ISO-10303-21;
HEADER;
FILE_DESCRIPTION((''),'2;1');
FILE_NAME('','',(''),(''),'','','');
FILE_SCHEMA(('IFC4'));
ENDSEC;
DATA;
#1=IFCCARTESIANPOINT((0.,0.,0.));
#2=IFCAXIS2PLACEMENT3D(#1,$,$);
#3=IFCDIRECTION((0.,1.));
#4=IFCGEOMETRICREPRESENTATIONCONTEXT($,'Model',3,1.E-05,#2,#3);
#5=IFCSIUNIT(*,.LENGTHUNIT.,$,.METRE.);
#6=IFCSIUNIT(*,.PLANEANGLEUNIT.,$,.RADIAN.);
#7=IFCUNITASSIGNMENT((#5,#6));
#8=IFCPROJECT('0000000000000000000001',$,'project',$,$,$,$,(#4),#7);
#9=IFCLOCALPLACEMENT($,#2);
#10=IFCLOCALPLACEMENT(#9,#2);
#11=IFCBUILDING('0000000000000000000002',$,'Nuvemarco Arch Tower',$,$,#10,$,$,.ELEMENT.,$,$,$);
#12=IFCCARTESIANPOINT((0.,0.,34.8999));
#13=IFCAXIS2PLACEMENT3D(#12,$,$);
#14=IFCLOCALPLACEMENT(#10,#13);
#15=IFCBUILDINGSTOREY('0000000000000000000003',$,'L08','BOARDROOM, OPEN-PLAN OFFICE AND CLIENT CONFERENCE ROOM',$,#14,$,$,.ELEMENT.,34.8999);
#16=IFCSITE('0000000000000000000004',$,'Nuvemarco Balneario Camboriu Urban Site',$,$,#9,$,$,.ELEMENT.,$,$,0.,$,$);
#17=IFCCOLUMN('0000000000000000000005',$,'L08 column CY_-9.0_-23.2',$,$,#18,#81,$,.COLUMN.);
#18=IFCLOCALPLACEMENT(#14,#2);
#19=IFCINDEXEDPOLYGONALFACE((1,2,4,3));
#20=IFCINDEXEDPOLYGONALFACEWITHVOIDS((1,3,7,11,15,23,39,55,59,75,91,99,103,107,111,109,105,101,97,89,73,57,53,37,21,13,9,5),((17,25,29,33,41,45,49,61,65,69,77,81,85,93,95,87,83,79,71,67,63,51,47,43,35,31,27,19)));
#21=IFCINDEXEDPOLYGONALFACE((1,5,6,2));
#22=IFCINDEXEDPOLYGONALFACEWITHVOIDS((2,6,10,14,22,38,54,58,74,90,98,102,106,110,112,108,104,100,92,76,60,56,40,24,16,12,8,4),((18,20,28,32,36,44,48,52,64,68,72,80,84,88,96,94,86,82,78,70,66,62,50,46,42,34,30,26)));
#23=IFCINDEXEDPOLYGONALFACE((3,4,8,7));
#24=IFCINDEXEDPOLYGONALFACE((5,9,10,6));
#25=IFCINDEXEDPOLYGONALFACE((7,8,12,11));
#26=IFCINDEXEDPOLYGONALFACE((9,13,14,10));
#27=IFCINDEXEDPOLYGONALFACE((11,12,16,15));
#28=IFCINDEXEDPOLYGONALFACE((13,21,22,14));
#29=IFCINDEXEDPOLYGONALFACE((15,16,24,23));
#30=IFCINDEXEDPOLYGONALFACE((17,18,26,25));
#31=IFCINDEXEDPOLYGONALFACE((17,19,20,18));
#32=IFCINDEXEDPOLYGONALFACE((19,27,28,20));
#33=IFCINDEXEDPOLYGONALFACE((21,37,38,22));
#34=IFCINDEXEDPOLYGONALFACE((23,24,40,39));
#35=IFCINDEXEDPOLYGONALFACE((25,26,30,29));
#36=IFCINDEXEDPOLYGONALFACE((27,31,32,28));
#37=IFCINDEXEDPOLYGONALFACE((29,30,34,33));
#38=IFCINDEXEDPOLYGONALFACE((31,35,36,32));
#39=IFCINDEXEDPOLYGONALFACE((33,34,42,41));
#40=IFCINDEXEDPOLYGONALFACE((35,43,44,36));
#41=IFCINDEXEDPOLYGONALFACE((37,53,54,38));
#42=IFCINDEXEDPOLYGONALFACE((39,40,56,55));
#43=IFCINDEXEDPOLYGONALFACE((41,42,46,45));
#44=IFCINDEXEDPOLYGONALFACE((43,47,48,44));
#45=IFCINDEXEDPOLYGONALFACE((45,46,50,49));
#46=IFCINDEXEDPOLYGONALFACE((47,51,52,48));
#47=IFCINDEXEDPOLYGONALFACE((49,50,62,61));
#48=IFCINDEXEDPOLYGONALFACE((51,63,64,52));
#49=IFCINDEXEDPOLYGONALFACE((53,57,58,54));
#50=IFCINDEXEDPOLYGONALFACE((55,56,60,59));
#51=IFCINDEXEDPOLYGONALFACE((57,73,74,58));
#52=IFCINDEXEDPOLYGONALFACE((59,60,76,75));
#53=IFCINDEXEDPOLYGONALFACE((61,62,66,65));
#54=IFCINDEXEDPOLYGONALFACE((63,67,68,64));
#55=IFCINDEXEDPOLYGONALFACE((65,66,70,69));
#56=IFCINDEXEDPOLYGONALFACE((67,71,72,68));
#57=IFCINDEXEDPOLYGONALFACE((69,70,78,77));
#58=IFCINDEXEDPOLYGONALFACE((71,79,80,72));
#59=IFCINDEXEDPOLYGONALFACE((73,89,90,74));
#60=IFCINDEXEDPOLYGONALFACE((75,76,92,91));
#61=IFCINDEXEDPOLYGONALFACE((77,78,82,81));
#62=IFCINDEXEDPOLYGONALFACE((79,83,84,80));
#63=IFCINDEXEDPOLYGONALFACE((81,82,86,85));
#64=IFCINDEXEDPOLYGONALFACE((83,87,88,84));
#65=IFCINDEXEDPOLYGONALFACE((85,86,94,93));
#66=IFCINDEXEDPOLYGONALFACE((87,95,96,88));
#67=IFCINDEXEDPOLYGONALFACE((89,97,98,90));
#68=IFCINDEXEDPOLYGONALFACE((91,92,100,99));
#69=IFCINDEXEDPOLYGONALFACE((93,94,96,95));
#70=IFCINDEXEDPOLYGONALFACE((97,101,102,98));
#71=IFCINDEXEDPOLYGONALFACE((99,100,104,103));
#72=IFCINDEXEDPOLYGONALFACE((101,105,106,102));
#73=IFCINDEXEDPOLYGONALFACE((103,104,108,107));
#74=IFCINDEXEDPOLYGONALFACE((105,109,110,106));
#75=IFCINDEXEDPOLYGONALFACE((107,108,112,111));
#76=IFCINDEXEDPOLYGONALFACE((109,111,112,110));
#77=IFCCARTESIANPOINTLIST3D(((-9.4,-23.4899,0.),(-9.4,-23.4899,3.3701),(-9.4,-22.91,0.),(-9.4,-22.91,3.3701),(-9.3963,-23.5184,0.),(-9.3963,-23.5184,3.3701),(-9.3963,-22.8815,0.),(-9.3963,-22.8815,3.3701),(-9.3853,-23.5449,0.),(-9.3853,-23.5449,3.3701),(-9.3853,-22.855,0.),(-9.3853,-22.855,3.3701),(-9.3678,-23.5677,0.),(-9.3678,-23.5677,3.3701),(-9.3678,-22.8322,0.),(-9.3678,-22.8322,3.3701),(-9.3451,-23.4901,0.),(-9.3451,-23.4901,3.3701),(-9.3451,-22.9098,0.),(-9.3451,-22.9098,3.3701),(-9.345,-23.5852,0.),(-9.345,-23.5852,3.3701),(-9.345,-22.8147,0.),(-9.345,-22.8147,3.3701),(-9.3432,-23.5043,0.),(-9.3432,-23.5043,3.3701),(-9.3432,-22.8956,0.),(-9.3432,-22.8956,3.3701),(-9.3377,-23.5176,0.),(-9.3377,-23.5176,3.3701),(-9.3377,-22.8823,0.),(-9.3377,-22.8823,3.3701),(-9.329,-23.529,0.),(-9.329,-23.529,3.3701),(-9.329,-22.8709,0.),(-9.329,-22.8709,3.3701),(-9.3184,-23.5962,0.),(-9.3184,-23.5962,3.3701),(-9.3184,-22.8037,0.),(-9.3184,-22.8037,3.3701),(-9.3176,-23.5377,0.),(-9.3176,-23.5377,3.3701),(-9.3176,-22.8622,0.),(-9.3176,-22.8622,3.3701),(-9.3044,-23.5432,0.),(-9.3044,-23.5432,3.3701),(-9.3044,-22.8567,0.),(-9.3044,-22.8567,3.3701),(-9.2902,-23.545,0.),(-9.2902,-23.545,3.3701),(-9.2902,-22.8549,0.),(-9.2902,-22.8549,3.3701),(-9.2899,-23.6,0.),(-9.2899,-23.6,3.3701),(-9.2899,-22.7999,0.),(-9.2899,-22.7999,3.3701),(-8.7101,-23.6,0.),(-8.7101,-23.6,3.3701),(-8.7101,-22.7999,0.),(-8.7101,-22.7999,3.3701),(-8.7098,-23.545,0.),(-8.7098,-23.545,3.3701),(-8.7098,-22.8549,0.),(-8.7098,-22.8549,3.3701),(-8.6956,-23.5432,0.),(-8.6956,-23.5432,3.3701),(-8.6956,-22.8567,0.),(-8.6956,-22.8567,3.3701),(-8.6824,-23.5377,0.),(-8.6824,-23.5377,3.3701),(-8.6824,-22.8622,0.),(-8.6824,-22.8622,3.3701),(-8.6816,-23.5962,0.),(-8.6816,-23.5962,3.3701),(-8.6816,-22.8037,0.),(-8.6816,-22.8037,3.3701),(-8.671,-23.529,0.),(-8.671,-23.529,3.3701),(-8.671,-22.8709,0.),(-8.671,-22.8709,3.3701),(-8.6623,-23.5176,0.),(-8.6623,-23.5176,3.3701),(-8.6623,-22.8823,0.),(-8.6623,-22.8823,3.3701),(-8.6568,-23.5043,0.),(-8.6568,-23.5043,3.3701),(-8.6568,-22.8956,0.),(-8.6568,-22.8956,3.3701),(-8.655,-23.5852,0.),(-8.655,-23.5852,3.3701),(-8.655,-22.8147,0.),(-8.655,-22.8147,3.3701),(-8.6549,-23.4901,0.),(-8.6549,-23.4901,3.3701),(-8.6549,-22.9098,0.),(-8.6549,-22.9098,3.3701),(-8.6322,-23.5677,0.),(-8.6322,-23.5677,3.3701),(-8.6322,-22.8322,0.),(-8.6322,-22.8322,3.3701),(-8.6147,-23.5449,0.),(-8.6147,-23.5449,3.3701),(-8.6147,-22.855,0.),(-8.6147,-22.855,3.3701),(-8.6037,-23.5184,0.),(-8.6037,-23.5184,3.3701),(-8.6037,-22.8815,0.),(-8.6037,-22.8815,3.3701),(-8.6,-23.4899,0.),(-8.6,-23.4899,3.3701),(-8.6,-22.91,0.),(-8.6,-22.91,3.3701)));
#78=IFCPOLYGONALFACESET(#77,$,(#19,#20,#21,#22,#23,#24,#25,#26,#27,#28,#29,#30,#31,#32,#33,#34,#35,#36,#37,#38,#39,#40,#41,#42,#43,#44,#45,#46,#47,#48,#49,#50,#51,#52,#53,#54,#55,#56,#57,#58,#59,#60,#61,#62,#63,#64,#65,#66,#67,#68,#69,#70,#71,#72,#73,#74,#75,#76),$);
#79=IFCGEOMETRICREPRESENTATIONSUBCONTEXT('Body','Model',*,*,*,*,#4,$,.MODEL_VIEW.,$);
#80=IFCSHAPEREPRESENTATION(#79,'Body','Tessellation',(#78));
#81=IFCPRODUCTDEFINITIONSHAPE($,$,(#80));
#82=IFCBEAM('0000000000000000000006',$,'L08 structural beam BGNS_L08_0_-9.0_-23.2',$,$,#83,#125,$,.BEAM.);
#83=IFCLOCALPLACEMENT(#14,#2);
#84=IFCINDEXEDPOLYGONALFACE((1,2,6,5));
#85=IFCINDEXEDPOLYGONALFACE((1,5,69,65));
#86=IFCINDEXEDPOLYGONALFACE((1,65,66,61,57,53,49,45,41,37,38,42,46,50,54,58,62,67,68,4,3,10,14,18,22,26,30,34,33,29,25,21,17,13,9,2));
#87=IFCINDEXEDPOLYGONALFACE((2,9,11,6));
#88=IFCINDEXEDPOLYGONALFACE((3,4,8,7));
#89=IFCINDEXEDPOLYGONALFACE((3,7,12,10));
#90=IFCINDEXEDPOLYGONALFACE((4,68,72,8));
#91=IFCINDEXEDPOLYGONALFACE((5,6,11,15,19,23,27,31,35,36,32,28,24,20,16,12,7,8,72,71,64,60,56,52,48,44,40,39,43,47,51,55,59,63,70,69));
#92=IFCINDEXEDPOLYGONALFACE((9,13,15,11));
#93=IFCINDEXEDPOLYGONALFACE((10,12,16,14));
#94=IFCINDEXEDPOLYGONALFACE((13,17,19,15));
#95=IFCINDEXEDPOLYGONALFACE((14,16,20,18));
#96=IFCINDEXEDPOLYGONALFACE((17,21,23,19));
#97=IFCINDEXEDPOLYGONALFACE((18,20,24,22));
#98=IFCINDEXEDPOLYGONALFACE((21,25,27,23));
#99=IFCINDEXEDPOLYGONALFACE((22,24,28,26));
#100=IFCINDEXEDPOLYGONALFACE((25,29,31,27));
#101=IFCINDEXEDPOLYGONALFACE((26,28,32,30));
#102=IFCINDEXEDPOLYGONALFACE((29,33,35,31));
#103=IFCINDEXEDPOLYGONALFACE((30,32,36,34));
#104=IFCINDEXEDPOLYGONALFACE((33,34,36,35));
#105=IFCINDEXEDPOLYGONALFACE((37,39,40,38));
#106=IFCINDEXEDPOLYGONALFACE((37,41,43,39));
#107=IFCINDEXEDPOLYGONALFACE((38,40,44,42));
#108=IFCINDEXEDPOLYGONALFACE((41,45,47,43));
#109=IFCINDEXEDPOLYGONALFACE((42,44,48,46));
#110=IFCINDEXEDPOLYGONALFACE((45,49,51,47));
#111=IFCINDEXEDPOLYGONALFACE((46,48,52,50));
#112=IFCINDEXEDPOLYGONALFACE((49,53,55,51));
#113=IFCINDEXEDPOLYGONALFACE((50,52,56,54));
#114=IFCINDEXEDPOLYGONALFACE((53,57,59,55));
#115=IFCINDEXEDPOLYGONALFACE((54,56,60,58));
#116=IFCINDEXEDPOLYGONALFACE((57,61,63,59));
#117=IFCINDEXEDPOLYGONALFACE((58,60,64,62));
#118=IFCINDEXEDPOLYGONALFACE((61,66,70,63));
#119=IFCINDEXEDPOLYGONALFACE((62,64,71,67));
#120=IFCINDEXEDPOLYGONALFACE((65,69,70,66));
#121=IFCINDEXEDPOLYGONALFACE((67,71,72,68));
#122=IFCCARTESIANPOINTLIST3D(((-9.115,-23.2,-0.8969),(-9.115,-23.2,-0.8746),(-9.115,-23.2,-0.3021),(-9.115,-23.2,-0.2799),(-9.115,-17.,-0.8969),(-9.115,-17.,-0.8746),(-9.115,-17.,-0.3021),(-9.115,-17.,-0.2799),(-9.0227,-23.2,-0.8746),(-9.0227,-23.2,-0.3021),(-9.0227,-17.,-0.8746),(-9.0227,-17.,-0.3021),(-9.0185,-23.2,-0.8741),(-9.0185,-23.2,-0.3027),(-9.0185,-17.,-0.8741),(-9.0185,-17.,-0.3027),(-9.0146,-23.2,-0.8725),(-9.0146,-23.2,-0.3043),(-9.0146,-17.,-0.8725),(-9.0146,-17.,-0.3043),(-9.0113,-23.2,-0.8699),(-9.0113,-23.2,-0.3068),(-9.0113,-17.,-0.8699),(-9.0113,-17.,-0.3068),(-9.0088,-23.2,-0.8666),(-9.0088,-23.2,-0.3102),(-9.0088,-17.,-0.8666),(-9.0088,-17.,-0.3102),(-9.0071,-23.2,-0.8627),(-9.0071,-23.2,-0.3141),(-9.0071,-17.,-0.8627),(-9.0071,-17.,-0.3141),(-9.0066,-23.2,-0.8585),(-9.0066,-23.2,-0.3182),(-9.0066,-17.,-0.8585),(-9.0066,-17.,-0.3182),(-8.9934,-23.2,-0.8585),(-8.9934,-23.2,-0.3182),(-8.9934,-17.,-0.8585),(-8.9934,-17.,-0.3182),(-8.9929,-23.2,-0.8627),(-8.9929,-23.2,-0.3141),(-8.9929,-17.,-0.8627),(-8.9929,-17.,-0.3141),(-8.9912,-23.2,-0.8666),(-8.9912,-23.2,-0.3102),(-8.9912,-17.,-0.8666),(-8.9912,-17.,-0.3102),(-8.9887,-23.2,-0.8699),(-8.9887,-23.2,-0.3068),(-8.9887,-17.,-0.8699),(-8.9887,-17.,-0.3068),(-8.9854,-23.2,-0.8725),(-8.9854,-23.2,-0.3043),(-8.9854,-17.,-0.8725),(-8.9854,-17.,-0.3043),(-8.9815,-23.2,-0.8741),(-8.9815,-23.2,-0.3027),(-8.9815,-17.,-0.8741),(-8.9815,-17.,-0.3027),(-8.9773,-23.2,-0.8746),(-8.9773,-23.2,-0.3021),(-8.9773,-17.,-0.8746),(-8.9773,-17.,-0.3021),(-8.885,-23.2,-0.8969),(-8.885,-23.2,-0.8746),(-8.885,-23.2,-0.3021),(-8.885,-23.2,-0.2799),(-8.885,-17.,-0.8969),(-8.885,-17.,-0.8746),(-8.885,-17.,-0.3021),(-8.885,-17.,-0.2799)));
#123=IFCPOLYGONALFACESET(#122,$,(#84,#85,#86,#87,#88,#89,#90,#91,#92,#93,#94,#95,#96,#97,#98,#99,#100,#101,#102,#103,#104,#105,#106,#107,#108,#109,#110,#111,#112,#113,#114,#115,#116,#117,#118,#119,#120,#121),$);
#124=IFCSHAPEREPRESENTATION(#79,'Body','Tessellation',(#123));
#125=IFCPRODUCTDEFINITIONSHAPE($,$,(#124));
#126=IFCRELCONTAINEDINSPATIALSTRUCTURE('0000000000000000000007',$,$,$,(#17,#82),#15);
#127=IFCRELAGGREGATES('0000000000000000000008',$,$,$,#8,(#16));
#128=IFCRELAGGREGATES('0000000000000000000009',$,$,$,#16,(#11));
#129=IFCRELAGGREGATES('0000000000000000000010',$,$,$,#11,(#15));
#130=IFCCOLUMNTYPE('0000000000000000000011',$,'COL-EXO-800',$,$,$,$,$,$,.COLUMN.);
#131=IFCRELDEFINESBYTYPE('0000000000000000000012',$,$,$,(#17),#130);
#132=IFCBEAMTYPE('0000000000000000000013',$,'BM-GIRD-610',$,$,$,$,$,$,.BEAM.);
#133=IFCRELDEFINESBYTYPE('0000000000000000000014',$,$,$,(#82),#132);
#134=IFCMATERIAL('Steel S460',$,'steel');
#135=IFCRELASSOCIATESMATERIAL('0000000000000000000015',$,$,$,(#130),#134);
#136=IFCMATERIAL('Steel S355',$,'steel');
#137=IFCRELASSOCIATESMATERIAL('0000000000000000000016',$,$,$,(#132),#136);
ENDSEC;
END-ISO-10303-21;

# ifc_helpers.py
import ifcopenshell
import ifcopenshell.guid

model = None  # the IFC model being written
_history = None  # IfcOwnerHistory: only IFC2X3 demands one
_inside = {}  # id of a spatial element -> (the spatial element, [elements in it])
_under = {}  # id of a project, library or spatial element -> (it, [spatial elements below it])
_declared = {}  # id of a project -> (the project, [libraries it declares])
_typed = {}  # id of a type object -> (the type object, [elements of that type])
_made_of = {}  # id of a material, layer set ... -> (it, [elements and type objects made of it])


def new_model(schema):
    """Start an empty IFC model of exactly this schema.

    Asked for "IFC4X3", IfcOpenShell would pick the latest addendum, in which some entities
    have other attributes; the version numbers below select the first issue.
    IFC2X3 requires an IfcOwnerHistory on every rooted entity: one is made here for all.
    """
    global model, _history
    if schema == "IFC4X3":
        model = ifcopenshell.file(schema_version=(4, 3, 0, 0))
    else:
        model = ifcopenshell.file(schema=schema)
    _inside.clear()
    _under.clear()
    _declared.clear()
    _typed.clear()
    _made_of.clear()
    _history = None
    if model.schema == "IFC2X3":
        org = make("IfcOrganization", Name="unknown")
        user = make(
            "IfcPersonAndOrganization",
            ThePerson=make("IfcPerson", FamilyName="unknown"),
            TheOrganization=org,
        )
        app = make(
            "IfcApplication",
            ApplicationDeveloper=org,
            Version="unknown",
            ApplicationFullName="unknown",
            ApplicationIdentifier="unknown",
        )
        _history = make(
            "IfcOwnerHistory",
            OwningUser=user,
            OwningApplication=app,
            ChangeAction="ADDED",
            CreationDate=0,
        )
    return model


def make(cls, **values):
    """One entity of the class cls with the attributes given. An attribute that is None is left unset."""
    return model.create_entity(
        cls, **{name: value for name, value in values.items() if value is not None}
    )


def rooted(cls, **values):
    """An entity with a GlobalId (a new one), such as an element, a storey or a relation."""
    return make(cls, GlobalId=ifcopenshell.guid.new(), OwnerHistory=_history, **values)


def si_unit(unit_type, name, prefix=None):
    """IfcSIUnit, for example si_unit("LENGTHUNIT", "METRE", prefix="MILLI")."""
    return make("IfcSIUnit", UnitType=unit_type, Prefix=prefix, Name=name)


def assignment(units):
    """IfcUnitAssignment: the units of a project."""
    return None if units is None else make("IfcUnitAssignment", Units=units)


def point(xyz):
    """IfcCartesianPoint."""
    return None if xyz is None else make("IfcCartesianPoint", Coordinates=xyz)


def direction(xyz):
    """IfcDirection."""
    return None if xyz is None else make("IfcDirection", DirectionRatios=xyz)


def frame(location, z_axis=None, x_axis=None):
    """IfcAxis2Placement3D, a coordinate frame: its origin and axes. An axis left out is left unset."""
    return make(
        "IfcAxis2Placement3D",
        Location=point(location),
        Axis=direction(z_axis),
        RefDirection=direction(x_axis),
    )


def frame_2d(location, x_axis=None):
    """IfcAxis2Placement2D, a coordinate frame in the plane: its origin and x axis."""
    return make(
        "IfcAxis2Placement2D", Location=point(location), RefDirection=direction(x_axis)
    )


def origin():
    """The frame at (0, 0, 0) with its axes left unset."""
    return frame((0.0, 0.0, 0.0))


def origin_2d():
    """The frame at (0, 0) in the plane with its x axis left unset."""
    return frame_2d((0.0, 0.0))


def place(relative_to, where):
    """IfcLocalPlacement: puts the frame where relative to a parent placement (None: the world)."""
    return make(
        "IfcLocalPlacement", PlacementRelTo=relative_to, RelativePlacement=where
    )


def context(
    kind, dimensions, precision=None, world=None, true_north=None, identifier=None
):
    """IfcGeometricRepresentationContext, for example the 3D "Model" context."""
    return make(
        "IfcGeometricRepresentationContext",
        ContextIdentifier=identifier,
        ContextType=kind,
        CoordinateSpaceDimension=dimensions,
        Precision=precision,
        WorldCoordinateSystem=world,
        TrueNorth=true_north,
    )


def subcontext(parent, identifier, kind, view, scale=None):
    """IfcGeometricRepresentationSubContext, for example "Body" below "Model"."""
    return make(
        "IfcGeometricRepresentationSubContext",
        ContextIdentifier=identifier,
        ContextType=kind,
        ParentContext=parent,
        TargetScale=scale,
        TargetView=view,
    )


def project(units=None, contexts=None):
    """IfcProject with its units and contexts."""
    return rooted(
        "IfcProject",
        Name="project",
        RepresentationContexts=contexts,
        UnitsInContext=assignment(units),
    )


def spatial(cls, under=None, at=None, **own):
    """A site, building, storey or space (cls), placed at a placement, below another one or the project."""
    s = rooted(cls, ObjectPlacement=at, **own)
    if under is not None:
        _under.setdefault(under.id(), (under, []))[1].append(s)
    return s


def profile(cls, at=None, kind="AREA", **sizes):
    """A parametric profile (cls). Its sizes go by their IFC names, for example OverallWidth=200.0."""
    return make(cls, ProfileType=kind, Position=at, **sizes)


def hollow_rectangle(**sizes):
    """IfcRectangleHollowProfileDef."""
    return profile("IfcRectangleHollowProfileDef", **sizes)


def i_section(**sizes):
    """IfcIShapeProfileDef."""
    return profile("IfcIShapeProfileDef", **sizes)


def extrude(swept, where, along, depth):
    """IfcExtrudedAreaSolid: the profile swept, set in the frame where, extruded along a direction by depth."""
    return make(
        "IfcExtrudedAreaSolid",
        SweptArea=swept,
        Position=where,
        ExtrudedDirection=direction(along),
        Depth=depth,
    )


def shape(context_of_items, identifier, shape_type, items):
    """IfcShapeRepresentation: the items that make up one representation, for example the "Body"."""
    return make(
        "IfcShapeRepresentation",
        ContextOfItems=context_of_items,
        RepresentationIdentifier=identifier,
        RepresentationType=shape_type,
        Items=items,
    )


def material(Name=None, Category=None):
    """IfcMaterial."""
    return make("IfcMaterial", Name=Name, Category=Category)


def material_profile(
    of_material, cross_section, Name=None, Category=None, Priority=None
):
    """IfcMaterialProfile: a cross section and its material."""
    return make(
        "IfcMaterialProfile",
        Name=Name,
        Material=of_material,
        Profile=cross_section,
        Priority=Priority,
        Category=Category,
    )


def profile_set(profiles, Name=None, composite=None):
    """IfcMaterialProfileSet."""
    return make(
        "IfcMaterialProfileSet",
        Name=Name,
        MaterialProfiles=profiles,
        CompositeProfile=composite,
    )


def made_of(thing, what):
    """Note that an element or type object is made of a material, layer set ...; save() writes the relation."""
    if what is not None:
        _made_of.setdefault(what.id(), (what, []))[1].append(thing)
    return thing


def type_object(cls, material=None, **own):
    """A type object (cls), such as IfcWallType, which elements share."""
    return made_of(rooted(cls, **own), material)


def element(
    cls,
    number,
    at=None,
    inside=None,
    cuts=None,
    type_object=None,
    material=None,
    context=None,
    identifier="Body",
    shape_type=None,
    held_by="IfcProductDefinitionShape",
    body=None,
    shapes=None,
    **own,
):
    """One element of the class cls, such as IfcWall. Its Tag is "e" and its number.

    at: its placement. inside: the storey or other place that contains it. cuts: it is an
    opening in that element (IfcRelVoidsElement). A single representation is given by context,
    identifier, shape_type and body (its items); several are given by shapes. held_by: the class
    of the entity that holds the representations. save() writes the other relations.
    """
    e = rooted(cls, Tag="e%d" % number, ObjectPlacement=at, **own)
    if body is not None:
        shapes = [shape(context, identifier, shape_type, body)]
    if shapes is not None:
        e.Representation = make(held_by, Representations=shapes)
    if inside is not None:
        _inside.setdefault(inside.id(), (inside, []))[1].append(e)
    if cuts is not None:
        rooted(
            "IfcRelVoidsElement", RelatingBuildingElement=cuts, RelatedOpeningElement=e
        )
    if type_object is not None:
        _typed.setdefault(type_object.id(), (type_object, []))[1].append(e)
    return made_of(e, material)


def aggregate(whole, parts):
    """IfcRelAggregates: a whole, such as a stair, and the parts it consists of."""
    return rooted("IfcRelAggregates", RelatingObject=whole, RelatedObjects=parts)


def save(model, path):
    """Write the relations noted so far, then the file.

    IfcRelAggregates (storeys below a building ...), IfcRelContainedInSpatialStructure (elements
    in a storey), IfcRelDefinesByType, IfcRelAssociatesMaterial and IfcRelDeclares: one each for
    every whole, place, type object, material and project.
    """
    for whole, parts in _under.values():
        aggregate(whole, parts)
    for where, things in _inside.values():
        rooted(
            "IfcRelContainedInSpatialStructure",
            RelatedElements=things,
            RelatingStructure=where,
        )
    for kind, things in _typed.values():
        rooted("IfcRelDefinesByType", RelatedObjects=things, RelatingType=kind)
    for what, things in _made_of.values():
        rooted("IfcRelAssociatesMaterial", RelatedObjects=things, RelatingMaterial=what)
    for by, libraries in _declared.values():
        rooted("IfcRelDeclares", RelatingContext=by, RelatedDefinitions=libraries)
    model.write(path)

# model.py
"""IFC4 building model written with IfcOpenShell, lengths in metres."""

from ifc_helpers import new_model, si_unit, direction, frame, origin, origin_2d, place, context, subcontext, project, spatial, hollow_rectangle, i_section, extrude, material, material_profile, profile_set, type_object, element, save


model = new_model("IFC4")

# Units and contexts
model_context = context("Model", 3, precision=1e-05, world=origin(), true_north=direction((0.0, 1.0)))
body_context = subcontext(model_context, "Body", "Model", "MODEL_VIEW")
ifc_project = project(units=[si_unit("LENGTHUNIT", "METRE"), si_unit("PLANEANGLEUNIT", "RADIAN")], contexts=[model_context])

# Site, building, storey
site_placement = place(None, origin())
site = spatial("IfcSite", under=ifc_project, at=site_placement, Name="Nuvemarco Balneario Camboriu Urban Site", CompositionType="ELEMENT", RefElevation=0.0)
building_placement = place(site_placement, origin())
building = spatial("IfcBuilding", under=site, at=building_placement, Name="Nuvemarco Arch Tower", CompositionType="ELEMENT")
storey_placement = place(building_placement, frame((0.0, 0.0, 34.8999)))
storey = spatial("IfcBuildingStorey", under=building, at=storey_placement, Name="L08", Description="BOARDROOM, OPEN-PLAN OFFICE AND CLIENT CONFERENCE ROOM", CompositionType="ELEMENT", Elevation=34.8999)

# Column
ifc_material_1 = material(Name="Steel S460", Category="steel")
ifc_material_profile_1 = material_profile(ifc_material_1, hollow_rectangle(XDim=0.8, YDim=0.8, WallThickness=0.0549, InnerFilletRadius=0.0549, OuterFilletRadius=0.1101, at=origin_2d()), Name="SHS800x800x55")
ifc_profile_set_1 = profile_set([ifc_material_profile_1], Name="Steel S460")
column_type = type_object("IfcColumnType", Name="COL-EXO-800", PredefinedType="COLUMN", material=ifc_profile_set_1)
column_placement = place(storey_placement, frame((-9.0, -23.2, 0.0), z_axis=(0.0, 0.0, 1.0), x_axis=(1.0, 0.0, 0.0)))
element("IfcColumn", 1, at=column_placement, inside=storey, type_object=column_type, Name="L08 column CY_-9.0_-23.2", PredefinedType="COLUMN", context=body_context, shape_type="SweptSolid", body=[
    extrude(hollow_rectangle(XDim=0.8, YDim=0.8, WallThickness=0.0549, InnerFilletRadius=0.0549, OuterFilletRadius=0.1101, at=origin_2d()), origin(), (0.0, 0.0, 1.0), 3.3701),
])

# Beam
ifc_material_2 = material(Name="Steel S355", Category="steel")
ifc_material_profile_2 = material_profile(ifc_material_2, i_section(OverallWidth=0.23, OverallDepth=0.6169, WebThickness=0.0132, FlangeThickness=0.0222, FilletRadius=0.0161, at=origin_2d()), Name="W610x140")
ifc_profile_set_2 = profile_set([ifc_material_profile_2], Name="Steel S355")
beam_type = type_object("IfcBeamType", Name="BM-GIRD-610", PredefinedType="BEAM", material=ifc_profile_set_2)
beam_placement = place(storey_placement, frame((-9.0, -23.2, -0.5884), z_axis=(0.0, 1.0, 0.0), x_axis=(-1.0, 0.0, 0.0)))
element("IfcBeam", 2, at=beam_placement, inside=storey, type_object=beam_type, Name="L08 structural beam BGNS_L08_0_-9.0_-23.2", PredefinedType="BEAM", context=body_context, shape_type="SweptSolid", body=[
    extrude(i_section(OverallWidth=0.23, OverallDepth=0.6169, WebThickness=0.0132, FlangeThickness=0.0222, FilletRadius=0.0161, at=origin_2d()), origin(), (0.0, 0.0, 1.0), 6.2),
])

save(model, "model.ifc")
